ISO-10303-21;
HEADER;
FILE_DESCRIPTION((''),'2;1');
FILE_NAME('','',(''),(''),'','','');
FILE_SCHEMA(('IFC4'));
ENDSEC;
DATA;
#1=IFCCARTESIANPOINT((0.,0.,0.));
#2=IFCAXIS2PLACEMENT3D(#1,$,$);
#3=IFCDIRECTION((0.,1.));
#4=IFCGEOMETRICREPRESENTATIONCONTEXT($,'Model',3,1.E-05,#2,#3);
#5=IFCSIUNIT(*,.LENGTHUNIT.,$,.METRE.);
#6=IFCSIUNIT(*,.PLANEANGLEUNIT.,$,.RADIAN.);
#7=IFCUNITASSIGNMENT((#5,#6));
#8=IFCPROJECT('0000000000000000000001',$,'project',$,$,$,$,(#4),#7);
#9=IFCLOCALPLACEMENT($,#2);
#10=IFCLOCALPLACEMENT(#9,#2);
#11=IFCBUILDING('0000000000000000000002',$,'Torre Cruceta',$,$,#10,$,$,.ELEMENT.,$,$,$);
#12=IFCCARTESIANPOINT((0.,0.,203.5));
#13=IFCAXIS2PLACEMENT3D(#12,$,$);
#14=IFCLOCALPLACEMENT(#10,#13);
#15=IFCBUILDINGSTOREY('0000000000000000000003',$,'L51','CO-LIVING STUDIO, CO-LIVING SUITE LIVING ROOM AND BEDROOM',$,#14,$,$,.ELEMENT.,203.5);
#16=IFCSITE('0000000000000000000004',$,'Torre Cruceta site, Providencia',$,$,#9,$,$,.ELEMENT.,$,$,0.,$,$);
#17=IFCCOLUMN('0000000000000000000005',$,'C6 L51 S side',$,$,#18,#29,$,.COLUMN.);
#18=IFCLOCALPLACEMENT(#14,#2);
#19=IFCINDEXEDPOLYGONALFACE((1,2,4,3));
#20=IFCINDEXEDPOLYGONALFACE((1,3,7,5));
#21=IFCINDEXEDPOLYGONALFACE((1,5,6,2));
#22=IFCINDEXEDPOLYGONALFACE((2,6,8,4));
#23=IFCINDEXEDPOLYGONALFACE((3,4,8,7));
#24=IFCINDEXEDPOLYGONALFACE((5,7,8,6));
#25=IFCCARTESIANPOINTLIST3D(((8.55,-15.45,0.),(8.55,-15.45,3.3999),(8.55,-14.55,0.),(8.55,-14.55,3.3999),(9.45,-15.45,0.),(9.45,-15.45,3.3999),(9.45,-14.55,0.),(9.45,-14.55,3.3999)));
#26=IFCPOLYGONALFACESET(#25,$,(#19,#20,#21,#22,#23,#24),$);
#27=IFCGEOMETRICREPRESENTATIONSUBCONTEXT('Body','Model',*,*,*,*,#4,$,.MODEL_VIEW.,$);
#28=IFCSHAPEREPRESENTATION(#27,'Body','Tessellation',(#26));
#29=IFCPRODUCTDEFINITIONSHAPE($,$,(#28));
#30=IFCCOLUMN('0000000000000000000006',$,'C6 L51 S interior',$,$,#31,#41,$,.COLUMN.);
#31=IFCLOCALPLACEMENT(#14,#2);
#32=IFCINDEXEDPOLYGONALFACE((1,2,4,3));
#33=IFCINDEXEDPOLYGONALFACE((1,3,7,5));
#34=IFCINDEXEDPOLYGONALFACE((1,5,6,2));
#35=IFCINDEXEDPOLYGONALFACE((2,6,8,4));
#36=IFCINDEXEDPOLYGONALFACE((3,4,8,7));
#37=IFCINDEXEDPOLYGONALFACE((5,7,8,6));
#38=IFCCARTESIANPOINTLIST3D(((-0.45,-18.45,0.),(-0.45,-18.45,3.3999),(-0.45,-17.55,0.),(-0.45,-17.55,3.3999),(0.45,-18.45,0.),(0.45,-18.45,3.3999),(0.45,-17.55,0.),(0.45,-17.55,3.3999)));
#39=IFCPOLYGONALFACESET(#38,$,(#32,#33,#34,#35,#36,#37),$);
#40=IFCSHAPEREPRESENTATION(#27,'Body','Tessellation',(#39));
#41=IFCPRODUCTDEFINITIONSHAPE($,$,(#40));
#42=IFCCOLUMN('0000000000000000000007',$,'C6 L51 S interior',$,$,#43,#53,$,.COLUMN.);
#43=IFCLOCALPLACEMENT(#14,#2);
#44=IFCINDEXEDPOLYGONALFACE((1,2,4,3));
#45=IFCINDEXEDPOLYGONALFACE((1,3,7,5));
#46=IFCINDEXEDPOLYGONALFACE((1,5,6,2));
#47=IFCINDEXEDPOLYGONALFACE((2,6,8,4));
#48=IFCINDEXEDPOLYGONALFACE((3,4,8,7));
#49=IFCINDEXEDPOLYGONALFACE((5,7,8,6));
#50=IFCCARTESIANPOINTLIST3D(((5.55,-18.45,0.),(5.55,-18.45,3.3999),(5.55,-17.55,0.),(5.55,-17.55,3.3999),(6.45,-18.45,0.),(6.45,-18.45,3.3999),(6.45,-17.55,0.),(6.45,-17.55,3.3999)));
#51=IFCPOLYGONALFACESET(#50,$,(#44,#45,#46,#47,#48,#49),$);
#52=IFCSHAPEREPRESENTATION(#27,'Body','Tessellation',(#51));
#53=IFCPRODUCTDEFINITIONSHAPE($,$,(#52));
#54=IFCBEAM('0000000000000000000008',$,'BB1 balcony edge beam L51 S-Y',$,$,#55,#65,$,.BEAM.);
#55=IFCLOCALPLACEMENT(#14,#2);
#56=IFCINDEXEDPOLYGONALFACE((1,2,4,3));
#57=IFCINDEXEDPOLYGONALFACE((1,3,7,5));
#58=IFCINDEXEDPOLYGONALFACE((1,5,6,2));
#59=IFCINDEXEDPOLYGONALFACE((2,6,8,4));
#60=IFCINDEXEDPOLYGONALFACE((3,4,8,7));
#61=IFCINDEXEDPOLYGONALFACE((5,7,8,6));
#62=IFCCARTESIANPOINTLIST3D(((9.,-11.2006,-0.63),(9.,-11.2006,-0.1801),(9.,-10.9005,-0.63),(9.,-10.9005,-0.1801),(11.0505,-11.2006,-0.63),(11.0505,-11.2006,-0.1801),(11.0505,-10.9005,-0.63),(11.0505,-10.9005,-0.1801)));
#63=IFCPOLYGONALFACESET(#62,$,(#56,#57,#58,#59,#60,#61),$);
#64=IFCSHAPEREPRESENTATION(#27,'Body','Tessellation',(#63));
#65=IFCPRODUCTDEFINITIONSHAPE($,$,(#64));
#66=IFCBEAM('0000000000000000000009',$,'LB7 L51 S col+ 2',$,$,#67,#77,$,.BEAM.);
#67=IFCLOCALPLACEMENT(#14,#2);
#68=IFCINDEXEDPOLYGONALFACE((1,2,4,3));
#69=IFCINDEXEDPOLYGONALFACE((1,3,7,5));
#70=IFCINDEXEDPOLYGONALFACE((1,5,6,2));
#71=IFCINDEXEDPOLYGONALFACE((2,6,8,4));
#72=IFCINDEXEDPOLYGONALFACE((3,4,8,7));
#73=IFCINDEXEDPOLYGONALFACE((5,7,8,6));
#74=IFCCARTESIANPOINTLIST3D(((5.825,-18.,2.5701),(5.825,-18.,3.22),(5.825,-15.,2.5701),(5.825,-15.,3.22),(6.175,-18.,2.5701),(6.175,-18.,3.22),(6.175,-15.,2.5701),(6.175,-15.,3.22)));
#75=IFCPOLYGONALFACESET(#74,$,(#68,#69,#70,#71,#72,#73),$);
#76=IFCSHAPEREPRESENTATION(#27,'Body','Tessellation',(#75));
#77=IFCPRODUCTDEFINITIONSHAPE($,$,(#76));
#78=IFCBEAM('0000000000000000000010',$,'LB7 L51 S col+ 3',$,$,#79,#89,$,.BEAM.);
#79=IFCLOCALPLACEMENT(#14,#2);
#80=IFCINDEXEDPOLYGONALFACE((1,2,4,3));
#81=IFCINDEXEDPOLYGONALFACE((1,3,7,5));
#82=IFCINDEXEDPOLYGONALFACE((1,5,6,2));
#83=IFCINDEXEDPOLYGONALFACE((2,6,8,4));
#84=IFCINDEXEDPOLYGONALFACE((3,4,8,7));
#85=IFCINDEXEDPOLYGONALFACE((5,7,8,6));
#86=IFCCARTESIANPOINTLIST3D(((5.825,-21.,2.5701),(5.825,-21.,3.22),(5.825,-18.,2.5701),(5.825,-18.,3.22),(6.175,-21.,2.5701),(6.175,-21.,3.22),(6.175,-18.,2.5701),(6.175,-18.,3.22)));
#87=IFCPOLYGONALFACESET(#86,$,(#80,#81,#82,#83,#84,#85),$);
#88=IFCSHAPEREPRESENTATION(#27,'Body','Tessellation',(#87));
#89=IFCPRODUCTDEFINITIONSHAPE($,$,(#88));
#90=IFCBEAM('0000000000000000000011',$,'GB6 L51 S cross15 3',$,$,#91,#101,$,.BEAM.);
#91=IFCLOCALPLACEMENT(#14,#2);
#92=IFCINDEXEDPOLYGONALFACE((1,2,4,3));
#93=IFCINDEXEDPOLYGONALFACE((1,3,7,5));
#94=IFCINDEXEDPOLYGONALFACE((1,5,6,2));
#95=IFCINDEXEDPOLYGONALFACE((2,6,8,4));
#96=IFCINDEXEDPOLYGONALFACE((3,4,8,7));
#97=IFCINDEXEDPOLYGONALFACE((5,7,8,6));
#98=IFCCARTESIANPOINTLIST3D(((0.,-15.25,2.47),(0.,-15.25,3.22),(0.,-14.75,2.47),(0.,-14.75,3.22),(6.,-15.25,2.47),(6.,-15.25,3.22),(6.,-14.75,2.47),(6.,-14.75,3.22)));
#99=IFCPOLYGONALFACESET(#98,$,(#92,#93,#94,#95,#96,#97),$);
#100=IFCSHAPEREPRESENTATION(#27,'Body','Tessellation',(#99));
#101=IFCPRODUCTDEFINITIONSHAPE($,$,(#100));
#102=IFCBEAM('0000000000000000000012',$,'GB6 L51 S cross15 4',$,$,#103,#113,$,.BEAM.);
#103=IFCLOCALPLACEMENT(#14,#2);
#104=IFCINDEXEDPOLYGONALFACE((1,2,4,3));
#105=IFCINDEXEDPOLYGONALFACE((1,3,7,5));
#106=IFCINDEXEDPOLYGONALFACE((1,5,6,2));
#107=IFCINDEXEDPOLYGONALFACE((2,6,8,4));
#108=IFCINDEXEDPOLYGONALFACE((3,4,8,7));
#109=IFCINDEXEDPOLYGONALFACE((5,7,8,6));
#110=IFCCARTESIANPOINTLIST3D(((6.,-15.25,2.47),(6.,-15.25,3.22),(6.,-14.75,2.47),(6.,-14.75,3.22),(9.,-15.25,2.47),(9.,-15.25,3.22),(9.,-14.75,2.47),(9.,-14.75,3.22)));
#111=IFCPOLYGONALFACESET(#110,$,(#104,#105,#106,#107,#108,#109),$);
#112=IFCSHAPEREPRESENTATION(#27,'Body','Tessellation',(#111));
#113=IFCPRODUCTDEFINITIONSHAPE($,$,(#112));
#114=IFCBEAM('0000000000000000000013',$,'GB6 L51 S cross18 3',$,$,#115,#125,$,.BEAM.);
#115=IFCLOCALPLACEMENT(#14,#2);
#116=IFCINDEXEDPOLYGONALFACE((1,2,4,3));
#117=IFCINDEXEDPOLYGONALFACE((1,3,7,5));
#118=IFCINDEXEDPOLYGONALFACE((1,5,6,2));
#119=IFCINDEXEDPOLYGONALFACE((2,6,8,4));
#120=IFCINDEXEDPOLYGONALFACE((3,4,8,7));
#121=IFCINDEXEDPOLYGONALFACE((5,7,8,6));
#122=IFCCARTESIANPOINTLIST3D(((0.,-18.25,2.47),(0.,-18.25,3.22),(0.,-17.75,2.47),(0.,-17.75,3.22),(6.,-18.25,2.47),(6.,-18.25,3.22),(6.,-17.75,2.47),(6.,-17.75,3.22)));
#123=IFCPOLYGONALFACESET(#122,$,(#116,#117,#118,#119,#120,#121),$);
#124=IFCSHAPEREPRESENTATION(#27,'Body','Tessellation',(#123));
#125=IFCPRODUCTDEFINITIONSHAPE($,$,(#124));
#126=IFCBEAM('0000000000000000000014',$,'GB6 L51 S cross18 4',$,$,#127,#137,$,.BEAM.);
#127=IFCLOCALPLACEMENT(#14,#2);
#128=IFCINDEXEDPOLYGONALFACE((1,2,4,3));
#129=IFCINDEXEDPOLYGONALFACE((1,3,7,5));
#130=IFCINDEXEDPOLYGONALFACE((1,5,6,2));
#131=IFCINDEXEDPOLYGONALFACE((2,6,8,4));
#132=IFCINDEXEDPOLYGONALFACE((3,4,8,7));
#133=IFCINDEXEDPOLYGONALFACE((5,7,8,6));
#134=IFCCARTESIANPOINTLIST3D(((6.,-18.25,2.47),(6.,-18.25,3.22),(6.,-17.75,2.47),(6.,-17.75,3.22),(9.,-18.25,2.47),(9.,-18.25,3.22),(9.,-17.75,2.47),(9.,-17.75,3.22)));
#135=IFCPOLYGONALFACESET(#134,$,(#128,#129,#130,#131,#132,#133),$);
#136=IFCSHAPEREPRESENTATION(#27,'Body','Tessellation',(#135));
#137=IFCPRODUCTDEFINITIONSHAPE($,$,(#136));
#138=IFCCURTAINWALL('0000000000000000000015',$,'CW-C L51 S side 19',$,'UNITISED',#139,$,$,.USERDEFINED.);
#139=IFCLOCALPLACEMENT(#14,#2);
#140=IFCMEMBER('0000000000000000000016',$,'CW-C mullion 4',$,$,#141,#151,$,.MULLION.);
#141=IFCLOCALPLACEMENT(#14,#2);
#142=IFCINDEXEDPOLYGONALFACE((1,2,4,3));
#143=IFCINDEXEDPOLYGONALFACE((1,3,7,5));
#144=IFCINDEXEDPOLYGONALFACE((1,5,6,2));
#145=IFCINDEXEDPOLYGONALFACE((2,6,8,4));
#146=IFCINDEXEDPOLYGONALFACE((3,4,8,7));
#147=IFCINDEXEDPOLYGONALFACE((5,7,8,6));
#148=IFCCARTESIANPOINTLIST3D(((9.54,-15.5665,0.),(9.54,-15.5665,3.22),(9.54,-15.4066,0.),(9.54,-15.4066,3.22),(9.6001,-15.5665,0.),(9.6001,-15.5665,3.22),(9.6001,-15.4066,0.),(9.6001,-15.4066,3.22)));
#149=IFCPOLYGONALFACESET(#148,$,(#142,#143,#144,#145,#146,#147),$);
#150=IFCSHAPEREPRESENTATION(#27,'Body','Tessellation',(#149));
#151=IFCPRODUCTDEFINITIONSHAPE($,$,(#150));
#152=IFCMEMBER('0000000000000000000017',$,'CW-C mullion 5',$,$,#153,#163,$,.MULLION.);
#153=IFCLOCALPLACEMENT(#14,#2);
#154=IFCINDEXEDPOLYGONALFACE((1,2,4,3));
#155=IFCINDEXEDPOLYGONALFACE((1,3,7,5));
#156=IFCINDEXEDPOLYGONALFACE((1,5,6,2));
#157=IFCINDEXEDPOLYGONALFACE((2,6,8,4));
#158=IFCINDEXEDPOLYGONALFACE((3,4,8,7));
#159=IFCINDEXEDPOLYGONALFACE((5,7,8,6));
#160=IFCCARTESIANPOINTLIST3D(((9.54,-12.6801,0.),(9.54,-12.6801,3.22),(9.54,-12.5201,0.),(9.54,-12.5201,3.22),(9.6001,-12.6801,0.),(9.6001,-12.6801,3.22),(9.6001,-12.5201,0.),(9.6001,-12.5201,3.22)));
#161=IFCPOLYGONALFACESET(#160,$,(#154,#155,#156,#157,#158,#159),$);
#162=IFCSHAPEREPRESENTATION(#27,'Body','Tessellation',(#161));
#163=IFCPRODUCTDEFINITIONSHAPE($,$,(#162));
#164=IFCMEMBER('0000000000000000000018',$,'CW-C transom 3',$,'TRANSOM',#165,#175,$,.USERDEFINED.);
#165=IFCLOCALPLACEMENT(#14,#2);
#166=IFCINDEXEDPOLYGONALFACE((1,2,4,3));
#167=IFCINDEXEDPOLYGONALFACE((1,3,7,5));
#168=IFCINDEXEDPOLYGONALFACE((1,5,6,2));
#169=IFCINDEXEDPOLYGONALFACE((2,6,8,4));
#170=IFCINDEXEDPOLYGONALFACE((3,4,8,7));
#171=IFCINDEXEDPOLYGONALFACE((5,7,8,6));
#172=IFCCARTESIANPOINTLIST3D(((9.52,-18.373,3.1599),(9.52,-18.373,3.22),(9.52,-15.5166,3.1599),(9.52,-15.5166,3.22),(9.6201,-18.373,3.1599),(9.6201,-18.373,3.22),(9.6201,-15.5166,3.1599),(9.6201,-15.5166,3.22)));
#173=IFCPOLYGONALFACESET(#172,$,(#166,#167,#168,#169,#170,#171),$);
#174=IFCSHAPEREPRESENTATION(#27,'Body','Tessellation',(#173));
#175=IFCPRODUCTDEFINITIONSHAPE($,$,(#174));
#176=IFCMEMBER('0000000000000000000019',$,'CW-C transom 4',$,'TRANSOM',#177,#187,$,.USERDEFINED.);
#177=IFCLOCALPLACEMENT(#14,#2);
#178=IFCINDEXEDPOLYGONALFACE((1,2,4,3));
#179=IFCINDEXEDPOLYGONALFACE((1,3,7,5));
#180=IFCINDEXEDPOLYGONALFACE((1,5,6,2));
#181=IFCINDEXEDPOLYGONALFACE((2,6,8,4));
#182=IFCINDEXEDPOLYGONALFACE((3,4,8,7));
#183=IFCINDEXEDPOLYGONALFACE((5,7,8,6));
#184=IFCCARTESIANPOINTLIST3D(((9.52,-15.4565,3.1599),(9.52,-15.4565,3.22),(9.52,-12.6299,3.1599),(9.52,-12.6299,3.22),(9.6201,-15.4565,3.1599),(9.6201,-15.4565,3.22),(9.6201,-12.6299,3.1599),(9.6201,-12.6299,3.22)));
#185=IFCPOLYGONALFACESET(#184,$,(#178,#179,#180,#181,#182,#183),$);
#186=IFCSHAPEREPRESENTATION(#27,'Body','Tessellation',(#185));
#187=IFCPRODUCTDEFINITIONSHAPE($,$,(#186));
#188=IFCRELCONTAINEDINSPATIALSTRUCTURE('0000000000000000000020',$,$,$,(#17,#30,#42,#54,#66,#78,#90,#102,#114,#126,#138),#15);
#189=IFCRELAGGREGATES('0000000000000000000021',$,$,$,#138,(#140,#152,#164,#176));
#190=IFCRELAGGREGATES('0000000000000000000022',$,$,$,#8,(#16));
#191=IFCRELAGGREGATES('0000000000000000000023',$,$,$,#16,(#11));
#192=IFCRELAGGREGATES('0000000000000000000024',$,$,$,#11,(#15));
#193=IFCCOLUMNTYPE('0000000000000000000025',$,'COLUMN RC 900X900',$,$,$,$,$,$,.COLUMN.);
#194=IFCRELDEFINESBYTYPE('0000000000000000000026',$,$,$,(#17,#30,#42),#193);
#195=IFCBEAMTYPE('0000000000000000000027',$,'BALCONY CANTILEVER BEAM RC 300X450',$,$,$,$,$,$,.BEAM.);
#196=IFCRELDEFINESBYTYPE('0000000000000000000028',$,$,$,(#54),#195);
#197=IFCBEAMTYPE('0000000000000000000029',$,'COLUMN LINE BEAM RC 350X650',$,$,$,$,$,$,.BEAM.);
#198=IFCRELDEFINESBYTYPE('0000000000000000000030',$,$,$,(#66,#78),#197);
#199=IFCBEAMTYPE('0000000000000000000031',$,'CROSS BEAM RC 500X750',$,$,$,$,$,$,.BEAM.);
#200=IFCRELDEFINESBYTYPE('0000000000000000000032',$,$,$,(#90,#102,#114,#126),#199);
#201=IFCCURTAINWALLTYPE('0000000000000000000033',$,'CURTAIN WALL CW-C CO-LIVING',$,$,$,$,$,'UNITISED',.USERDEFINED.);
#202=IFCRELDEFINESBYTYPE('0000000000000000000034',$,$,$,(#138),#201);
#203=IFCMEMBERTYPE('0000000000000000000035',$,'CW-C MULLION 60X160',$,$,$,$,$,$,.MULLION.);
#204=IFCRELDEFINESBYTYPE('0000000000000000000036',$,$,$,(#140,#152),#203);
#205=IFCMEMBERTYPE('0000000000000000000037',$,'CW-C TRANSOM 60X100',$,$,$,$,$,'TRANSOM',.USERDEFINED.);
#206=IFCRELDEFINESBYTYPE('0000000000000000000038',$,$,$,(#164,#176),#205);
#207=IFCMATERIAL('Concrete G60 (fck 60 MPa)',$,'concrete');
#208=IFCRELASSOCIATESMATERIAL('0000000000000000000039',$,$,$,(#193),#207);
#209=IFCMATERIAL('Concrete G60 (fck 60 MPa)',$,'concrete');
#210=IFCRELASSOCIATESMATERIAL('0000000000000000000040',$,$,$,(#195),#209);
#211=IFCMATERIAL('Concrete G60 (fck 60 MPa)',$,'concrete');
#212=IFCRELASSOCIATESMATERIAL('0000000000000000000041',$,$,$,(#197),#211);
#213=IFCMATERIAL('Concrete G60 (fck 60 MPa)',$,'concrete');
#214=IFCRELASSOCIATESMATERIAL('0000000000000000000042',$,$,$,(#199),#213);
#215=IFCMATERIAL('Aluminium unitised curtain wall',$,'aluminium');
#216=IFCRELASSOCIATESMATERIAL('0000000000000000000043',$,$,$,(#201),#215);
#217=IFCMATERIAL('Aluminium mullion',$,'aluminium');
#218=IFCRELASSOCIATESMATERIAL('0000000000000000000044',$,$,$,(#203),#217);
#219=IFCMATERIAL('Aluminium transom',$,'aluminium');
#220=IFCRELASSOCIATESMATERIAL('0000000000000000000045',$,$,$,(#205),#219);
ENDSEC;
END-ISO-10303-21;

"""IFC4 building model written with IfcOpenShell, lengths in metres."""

from ifc_helpers import new_model, si_unit, direction, frame, origin, origin_2d, place, context, subcontext, project, spatial, rectangle, extrude, material, material_profile, profile_set, type_object, element, aggregate, save


model = new_model("IFC4")

# Units and contexts
model_context = context("Model", 3, precision=1e-05, world=origin(), true_north=direction((0.0, 1.0)))
body_context = subcontext(model_context, "Body", "Model", "MODEL_VIEW")
ifc_project = project(units=[si_unit("LENGTHUNIT", "METRE"), si_unit("PLANEANGLEUNIT", "RADIAN")], contexts=[model_context])

# Site, building, storey
site_placement = place(None, origin())
site = spatial("IfcSite", under=ifc_project, at=site_placement, Name="Torre Cruceta site, Providencia", CompositionType="ELEMENT", RefElevation=0.0)
building_placement = place(site_placement, origin())
building = spatial("IfcBuilding", under=site, at=building_placement, Name="Torre Cruceta", CompositionType="ELEMENT")
storey_placement = place(building_placement, frame((0.0, 0.0, 203.5)))
storey = spatial("IfcBuildingStorey", under=building, at=storey_placement, Name="L51", Description="CO-LIVING STUDIO, CO-LIVING SUITE LIVING ROOM AND BEDROOM", CompositionType="ELEMENT", Elevation=203.5)

# Columns
ifc_material_1 = material(Name="Concrete G60 (fck 60 MPa)", Category="concrete")
ifc_material_profile_1 = material_profile(ifc_material_1, rectangle(XDim=0.8999, YDim=0.8999, at=origin_2d()), Name="RC 900X900")
ifc_profile_set_1 = profile_set([ifc_material_profile_1], Name="Concrete G60 (fck 60 MPa)")
column_type = type_object("IfcColumnType", Name="COLUMN RC 900X900", PredefinedType="COLUMN", material=ifc_profile_set_1)
for number, where, z_axis, x_axis, name in (
    (1, (9.0, -15.0, 0.0), (0.0, 0.0, 1.0), (1.0, 0.0, 0.0), "C6 L51 S side"),
    (2, (0.0, -18.0, 0.0), (0.0, 0.0, 1.0), (1.0, 0.0, 0.0), "C6 L51 S interior"),
    (3, (6.0, -18.0, 0.0), (0.0, 0.0, 1.0), (1.0, 0.0, 0.0), "C6 L51 S interior"),
):
    element("IfcColumn", number, at=place(storey_placement, frame(where, z_axis=z_axis, x_axis=x_axis)), inside=storey, type_object=column_type, Name=name, PredefinedType="COLUMN", context=body_context, shape_type="SweptSolid", body=[
        extrude(rectangle(XDim=0.8999, YDim=0.8999, at=origin_2d()), origin(), (0.0, 0.0, 1.0), 3.3999),
    ])

# Beams
ifc_material_2 = material(Name="Concrete G60 (fck 60 MPa)", Category="concrete")
ifc_material_profile_2 = material_profile(ifc_material_2, rectangle(XDim=0.3, YDim=0.45, at=origin_2d()), Name="RC 300X450")
ifc_profile_set_2 = profile_set([ifc_material_profile_2], Name="Concrete G60 (fck 60 MPa)")
beam_type_1 = type_object("IfcBeamType", Name="BALCONY CANTILEVER BEAM RC 300X450", PredefinedType="BEAM", material=ifc_profile_set_2)
beam_1_placement = place(storey_placement, frame((9.0, -11.0505, -0.405), z_axis=(1.0, 0.0, 0.0), x_axis=(0.0, 1.0, 0.0)))
element("IfcBeam", 4, at=beam_1_placement, inside=storey, type_object=beam_type_1, Name="BB1 balcony edge beam L51 S-Y", PredefinedType="BEAM", context=body_context, shape_type="SweptSolid", body=[
    extrude(rectangle(XDim=0.3, YDim=0.45, at=origin_2d()), origin(), (0.0, 0.0, 1.0), 2.0505),
])
ifc_material_3 = material(Name="Concrete G60 (fck 60 MPa)", Category="concrete")
ifc_material_profile_3 = material_profile(ifc_material_3, rectangle(XDim=0.3501, YDim=0.6499, at=origin_2d()), Name="RC 350X650")
ifc_profile_set_3 = profile_set([ifc_material_profile_3], Name="Concrete G60 (fck 60 MPa)")
beam_type_2 = type_object("IfcBeamType", Name="COLUMN LINE BEAM RC 350X650", PredefinedType="BEAM", material=ifc_profile_set_3)
for number, where, z_axis, x_axis, name in (
    (5, (6.0, -15.0, 2.895), (0.0, -1.0, 0.0), (1.0, 0.0, 0.0), "LB7 L51 S col+ 2"),
    (6, (6.0, -18.0, 2.895), (0.0, -1.0, 0.0), (1.0, 0.0, 0.0), "LB7 L51 S col+ 3"),
):
    element("IfcBeam", number, at=place(storey_placement, frame(where, z_axis=z_axis, x_axis=x_axis)), inside=storey, type_object=beam_type_2, Name=name, PredefinedType="BEAM", context=body_context, shape_type="SweptSolid", body=[
        extrude(rectangle(XDim=0.3501, YDim=0.6499, at=origin_2d()), origin(), (0.0, 0.0, 1.0), 3.0),
    ])
ifc_material_4 = material(Name="Concrete G60 (fck 60 MPa)", Category="concrete")
ifc_material_profile_4 = material_profile(ifc_material_4, rectangle(XDim=0.5, YDim=0.75, at=origin_2d()), Name="RC 500X750")
ifc_profile_set_4 = profile_set([ifc_material_profile_4], Name="Concrete G60 (fck 60 MPa)")
beam_type_3 = type_object("IfcBeamType", Name="CROSS BEAM RC 500X750", PredefinedType="BEAM", material=ifc_profile_set_4)
beam_2_placement = place(storey_placement, frame((0.0, -15.0, 2.845), z_axis=(1.0, 0.0, 0.0), x_axis=(0.0, 1.0, 0.0)))
element("IfcBeam", 7, at=beam_2_placement, inside=storey, type_object=beam_type_3, Name="GB6 L51 S cross15 3", PredefinedType="BEAM", context=body_context, shape_type="SweptSolid", body=[
    extrude(rectangle(XDim=0.5, YDim=0.75, at=origin_2d()), origin(), (0.0, 0.0, 1.0), 6.0),
])
beam_3_placement = place(storey_placement, frame((6.0, -15.0, 2.845), z_axis=(1.0, 0.0, 0.0), x_axis=(0.0, 1.0, 0.0)))
element("IfcBeam", 8, at=beam_3_placement, inside=storey, type_object=beam_type_3, Name="GB6 L51 S cross15 4", PredefinedType="BEAM", context=body_context, shape_type="SweptSolid", body=[
    extrude(rectangle(XDim=0.5, YDim=0.75, at=origin_2d()), origin(), (0.0, 0.0, 1.0), 3.0),
])
beam_4_placement = place(storey_placement, frame((0.0, -18.0, 2.845), z_axis=(1.0, 0.0, 0.0), x_axis=(0.0, 1.0, 0.0)))
element("IfcBeam", 9, at=beam_4_placement, inside=storey, type_object=beam_type_3, Name="GB6 L51 S cross18 3", PredefinedType="BEAM", context=body_context, shape_type="SweptSolid", body=[
    extrude(rectangle(XDim=0.5, YDim=0.75, at=origin_2d()), origin(), (0.0, 0.0, 1.0), 6.0),
])
beam_5_placement = place(storey_placement, frame((6.0, -18.0, 2.845), z_axis=(1.0, 0.0, 0.0), x_axis=(0.0, 1.0, 0.0)))
element("IfcBeam", 10, at=beam_5_placement, inside=storey, type_object=beam_type_3, Name="GB6 L51 S cross18 4", PredefinedType="BEAM", context=body_context, shape_type="SweptSolid", body=[
    extrude(rectangle(XDim=0.5, YDim=0.75, at=origin_2d()), origin(), (0.0, 0.0, 1.0), 3.0),
])

# Curtain wall, members
ifc_material_5 = material(Name="Aluminium unitised curtain wall", Category="aluminium")
curtain_wall_type = type_object("IfcCurtainWallType", Name="CURTAIN WALL CW-C CO-LIVING", ElementType="UNITISED", PredefinedType="USERDEFINED", material=ifc_material_5)
curtain_wall_placement = place(storey_placement, origin())
curtain_wall = element("IfcCurtainWall", 11, at=curtain_wall_placement, inside=storey, type_object=curtain_wall_type, Name="CW-C L51 S side 19", ObjectType="UNITISED", PredefinedType="USERDEFINED")
ifc_material_6 = material(Name="Aluminium mullion", Category="aluminium")
ifc_material_profile_5 = material_profile(ifc_material_6, rectangle(XDim=0.0601, YDim=0.1599, at=origin_2d()), Name="AL 60X160")
ifc_profile_set_5 = profile_set([ifc_material_profile_5], Name="Aluminium mullion")
member_type_1 = type_object("IfcMemberType", Name="CW-C MULLION 60X160", PredefinedType="MULLION", material=ifc_profile_set_5)
member_1_placement = place(storey_placement, frame((9.5701, -15.4866, 0.0), z_axis=(0.0, 0.0, 1.0), x_axis=(-1.0, 0.0, 0.0)))
member_1 = element("IfcMember", 12, at=member_1_placement, type_object=member_type_1, Name="CW-C mullion 4", PredefinedType="MULLION", context=body_context, shape_type="SweptSolid", body=[
    extrude(rectangle(XDim=0.0601, YDim=0.1599, at=origin_2d()), origin(), (0.0, 0.0, 1.0), 3.22),
])
member_2_placement = place(storey_placement, frame((9.5701, -12.6001, 0.0), z_axis=(0.0, 0.0, 1.0), x_axis=(-1.0, 0.0, 0.0)))
member_2 = element("IfcMember", 13, at=member_2_placement, type_object=member_type_1, Name="CW-C mullion 5", PredefinedType="MULLION", context=body_context, shape_type="SweptSolid", body=[
    extrude(rectangle(XDim=0.0601, YDim=0.1599, at=origin_2d()), origin(), (0.0, 0.0, 1.0), 3.22),
])
ifc_material_7 = material(Name="Aluminium transom", Category="aluminium")
ifc_material_profile_6 = material_profile(ifc_material_7, rectangle(XDim=0.1001, YDim=0.0601, at=origin_2d()), Name="AL 100X60")
ifc_profile_set_6 = profile_set([ifc_material_profile_6], Name="Aluminium transom")
member_type_2 = type_object("IfcMemberType", Name="CW-C TRANSOM 60X100", ElementType="TRANSOM", PredefinedType="USERDEFINED", material=ifc_profile_set_6)
member_3_placement = place(storey_placement, frame((9.5701, -18.373, 3.1899), z_axis=(0.0, 1.0, 0.0), x_axis=(-1.0, 0.0, 0.0)))
member_3 = element("IfcMember", 14, at=member_3_placement, type_object=member_type_2, Name="CW-C transom 3", ObjectType="TRANSOM", PredefinedType="USERDEFINED", context=body_context, shape_type="SweptSolid", body=[
    extrude(rectangle(XDim=0.1001, YDim=0.0601, at=origin_2d()), origin(), (0.0, 0.0, 1.0), 2.8564),
])
member_4_placement = place(storey_placement, frame((9.5701, -15.4565, 3.1899), z_axis=(0.0, 1.0, 0.0), x_axis=(-1.0, 0.0, 0.0)))
member_4 = element("IfcMember", 15, at=member_4_placement, type_object=member_type_2, Name="CW-C transom 4", ObjectType="TRANSOM", PredefinedType="USERDEFINED", context=body_context, shape_type="SweptSolid", body=[
    extrude(rectangle(XDim=0.1001, YDim=0.0601, at=origin_2d()), origin(), (0.0, 0.0, 1.0), 2.8267),
])

aggregate(curtain_wall, [member_1, member_2, member_3, member_4])

save(model, "model.ifc")
